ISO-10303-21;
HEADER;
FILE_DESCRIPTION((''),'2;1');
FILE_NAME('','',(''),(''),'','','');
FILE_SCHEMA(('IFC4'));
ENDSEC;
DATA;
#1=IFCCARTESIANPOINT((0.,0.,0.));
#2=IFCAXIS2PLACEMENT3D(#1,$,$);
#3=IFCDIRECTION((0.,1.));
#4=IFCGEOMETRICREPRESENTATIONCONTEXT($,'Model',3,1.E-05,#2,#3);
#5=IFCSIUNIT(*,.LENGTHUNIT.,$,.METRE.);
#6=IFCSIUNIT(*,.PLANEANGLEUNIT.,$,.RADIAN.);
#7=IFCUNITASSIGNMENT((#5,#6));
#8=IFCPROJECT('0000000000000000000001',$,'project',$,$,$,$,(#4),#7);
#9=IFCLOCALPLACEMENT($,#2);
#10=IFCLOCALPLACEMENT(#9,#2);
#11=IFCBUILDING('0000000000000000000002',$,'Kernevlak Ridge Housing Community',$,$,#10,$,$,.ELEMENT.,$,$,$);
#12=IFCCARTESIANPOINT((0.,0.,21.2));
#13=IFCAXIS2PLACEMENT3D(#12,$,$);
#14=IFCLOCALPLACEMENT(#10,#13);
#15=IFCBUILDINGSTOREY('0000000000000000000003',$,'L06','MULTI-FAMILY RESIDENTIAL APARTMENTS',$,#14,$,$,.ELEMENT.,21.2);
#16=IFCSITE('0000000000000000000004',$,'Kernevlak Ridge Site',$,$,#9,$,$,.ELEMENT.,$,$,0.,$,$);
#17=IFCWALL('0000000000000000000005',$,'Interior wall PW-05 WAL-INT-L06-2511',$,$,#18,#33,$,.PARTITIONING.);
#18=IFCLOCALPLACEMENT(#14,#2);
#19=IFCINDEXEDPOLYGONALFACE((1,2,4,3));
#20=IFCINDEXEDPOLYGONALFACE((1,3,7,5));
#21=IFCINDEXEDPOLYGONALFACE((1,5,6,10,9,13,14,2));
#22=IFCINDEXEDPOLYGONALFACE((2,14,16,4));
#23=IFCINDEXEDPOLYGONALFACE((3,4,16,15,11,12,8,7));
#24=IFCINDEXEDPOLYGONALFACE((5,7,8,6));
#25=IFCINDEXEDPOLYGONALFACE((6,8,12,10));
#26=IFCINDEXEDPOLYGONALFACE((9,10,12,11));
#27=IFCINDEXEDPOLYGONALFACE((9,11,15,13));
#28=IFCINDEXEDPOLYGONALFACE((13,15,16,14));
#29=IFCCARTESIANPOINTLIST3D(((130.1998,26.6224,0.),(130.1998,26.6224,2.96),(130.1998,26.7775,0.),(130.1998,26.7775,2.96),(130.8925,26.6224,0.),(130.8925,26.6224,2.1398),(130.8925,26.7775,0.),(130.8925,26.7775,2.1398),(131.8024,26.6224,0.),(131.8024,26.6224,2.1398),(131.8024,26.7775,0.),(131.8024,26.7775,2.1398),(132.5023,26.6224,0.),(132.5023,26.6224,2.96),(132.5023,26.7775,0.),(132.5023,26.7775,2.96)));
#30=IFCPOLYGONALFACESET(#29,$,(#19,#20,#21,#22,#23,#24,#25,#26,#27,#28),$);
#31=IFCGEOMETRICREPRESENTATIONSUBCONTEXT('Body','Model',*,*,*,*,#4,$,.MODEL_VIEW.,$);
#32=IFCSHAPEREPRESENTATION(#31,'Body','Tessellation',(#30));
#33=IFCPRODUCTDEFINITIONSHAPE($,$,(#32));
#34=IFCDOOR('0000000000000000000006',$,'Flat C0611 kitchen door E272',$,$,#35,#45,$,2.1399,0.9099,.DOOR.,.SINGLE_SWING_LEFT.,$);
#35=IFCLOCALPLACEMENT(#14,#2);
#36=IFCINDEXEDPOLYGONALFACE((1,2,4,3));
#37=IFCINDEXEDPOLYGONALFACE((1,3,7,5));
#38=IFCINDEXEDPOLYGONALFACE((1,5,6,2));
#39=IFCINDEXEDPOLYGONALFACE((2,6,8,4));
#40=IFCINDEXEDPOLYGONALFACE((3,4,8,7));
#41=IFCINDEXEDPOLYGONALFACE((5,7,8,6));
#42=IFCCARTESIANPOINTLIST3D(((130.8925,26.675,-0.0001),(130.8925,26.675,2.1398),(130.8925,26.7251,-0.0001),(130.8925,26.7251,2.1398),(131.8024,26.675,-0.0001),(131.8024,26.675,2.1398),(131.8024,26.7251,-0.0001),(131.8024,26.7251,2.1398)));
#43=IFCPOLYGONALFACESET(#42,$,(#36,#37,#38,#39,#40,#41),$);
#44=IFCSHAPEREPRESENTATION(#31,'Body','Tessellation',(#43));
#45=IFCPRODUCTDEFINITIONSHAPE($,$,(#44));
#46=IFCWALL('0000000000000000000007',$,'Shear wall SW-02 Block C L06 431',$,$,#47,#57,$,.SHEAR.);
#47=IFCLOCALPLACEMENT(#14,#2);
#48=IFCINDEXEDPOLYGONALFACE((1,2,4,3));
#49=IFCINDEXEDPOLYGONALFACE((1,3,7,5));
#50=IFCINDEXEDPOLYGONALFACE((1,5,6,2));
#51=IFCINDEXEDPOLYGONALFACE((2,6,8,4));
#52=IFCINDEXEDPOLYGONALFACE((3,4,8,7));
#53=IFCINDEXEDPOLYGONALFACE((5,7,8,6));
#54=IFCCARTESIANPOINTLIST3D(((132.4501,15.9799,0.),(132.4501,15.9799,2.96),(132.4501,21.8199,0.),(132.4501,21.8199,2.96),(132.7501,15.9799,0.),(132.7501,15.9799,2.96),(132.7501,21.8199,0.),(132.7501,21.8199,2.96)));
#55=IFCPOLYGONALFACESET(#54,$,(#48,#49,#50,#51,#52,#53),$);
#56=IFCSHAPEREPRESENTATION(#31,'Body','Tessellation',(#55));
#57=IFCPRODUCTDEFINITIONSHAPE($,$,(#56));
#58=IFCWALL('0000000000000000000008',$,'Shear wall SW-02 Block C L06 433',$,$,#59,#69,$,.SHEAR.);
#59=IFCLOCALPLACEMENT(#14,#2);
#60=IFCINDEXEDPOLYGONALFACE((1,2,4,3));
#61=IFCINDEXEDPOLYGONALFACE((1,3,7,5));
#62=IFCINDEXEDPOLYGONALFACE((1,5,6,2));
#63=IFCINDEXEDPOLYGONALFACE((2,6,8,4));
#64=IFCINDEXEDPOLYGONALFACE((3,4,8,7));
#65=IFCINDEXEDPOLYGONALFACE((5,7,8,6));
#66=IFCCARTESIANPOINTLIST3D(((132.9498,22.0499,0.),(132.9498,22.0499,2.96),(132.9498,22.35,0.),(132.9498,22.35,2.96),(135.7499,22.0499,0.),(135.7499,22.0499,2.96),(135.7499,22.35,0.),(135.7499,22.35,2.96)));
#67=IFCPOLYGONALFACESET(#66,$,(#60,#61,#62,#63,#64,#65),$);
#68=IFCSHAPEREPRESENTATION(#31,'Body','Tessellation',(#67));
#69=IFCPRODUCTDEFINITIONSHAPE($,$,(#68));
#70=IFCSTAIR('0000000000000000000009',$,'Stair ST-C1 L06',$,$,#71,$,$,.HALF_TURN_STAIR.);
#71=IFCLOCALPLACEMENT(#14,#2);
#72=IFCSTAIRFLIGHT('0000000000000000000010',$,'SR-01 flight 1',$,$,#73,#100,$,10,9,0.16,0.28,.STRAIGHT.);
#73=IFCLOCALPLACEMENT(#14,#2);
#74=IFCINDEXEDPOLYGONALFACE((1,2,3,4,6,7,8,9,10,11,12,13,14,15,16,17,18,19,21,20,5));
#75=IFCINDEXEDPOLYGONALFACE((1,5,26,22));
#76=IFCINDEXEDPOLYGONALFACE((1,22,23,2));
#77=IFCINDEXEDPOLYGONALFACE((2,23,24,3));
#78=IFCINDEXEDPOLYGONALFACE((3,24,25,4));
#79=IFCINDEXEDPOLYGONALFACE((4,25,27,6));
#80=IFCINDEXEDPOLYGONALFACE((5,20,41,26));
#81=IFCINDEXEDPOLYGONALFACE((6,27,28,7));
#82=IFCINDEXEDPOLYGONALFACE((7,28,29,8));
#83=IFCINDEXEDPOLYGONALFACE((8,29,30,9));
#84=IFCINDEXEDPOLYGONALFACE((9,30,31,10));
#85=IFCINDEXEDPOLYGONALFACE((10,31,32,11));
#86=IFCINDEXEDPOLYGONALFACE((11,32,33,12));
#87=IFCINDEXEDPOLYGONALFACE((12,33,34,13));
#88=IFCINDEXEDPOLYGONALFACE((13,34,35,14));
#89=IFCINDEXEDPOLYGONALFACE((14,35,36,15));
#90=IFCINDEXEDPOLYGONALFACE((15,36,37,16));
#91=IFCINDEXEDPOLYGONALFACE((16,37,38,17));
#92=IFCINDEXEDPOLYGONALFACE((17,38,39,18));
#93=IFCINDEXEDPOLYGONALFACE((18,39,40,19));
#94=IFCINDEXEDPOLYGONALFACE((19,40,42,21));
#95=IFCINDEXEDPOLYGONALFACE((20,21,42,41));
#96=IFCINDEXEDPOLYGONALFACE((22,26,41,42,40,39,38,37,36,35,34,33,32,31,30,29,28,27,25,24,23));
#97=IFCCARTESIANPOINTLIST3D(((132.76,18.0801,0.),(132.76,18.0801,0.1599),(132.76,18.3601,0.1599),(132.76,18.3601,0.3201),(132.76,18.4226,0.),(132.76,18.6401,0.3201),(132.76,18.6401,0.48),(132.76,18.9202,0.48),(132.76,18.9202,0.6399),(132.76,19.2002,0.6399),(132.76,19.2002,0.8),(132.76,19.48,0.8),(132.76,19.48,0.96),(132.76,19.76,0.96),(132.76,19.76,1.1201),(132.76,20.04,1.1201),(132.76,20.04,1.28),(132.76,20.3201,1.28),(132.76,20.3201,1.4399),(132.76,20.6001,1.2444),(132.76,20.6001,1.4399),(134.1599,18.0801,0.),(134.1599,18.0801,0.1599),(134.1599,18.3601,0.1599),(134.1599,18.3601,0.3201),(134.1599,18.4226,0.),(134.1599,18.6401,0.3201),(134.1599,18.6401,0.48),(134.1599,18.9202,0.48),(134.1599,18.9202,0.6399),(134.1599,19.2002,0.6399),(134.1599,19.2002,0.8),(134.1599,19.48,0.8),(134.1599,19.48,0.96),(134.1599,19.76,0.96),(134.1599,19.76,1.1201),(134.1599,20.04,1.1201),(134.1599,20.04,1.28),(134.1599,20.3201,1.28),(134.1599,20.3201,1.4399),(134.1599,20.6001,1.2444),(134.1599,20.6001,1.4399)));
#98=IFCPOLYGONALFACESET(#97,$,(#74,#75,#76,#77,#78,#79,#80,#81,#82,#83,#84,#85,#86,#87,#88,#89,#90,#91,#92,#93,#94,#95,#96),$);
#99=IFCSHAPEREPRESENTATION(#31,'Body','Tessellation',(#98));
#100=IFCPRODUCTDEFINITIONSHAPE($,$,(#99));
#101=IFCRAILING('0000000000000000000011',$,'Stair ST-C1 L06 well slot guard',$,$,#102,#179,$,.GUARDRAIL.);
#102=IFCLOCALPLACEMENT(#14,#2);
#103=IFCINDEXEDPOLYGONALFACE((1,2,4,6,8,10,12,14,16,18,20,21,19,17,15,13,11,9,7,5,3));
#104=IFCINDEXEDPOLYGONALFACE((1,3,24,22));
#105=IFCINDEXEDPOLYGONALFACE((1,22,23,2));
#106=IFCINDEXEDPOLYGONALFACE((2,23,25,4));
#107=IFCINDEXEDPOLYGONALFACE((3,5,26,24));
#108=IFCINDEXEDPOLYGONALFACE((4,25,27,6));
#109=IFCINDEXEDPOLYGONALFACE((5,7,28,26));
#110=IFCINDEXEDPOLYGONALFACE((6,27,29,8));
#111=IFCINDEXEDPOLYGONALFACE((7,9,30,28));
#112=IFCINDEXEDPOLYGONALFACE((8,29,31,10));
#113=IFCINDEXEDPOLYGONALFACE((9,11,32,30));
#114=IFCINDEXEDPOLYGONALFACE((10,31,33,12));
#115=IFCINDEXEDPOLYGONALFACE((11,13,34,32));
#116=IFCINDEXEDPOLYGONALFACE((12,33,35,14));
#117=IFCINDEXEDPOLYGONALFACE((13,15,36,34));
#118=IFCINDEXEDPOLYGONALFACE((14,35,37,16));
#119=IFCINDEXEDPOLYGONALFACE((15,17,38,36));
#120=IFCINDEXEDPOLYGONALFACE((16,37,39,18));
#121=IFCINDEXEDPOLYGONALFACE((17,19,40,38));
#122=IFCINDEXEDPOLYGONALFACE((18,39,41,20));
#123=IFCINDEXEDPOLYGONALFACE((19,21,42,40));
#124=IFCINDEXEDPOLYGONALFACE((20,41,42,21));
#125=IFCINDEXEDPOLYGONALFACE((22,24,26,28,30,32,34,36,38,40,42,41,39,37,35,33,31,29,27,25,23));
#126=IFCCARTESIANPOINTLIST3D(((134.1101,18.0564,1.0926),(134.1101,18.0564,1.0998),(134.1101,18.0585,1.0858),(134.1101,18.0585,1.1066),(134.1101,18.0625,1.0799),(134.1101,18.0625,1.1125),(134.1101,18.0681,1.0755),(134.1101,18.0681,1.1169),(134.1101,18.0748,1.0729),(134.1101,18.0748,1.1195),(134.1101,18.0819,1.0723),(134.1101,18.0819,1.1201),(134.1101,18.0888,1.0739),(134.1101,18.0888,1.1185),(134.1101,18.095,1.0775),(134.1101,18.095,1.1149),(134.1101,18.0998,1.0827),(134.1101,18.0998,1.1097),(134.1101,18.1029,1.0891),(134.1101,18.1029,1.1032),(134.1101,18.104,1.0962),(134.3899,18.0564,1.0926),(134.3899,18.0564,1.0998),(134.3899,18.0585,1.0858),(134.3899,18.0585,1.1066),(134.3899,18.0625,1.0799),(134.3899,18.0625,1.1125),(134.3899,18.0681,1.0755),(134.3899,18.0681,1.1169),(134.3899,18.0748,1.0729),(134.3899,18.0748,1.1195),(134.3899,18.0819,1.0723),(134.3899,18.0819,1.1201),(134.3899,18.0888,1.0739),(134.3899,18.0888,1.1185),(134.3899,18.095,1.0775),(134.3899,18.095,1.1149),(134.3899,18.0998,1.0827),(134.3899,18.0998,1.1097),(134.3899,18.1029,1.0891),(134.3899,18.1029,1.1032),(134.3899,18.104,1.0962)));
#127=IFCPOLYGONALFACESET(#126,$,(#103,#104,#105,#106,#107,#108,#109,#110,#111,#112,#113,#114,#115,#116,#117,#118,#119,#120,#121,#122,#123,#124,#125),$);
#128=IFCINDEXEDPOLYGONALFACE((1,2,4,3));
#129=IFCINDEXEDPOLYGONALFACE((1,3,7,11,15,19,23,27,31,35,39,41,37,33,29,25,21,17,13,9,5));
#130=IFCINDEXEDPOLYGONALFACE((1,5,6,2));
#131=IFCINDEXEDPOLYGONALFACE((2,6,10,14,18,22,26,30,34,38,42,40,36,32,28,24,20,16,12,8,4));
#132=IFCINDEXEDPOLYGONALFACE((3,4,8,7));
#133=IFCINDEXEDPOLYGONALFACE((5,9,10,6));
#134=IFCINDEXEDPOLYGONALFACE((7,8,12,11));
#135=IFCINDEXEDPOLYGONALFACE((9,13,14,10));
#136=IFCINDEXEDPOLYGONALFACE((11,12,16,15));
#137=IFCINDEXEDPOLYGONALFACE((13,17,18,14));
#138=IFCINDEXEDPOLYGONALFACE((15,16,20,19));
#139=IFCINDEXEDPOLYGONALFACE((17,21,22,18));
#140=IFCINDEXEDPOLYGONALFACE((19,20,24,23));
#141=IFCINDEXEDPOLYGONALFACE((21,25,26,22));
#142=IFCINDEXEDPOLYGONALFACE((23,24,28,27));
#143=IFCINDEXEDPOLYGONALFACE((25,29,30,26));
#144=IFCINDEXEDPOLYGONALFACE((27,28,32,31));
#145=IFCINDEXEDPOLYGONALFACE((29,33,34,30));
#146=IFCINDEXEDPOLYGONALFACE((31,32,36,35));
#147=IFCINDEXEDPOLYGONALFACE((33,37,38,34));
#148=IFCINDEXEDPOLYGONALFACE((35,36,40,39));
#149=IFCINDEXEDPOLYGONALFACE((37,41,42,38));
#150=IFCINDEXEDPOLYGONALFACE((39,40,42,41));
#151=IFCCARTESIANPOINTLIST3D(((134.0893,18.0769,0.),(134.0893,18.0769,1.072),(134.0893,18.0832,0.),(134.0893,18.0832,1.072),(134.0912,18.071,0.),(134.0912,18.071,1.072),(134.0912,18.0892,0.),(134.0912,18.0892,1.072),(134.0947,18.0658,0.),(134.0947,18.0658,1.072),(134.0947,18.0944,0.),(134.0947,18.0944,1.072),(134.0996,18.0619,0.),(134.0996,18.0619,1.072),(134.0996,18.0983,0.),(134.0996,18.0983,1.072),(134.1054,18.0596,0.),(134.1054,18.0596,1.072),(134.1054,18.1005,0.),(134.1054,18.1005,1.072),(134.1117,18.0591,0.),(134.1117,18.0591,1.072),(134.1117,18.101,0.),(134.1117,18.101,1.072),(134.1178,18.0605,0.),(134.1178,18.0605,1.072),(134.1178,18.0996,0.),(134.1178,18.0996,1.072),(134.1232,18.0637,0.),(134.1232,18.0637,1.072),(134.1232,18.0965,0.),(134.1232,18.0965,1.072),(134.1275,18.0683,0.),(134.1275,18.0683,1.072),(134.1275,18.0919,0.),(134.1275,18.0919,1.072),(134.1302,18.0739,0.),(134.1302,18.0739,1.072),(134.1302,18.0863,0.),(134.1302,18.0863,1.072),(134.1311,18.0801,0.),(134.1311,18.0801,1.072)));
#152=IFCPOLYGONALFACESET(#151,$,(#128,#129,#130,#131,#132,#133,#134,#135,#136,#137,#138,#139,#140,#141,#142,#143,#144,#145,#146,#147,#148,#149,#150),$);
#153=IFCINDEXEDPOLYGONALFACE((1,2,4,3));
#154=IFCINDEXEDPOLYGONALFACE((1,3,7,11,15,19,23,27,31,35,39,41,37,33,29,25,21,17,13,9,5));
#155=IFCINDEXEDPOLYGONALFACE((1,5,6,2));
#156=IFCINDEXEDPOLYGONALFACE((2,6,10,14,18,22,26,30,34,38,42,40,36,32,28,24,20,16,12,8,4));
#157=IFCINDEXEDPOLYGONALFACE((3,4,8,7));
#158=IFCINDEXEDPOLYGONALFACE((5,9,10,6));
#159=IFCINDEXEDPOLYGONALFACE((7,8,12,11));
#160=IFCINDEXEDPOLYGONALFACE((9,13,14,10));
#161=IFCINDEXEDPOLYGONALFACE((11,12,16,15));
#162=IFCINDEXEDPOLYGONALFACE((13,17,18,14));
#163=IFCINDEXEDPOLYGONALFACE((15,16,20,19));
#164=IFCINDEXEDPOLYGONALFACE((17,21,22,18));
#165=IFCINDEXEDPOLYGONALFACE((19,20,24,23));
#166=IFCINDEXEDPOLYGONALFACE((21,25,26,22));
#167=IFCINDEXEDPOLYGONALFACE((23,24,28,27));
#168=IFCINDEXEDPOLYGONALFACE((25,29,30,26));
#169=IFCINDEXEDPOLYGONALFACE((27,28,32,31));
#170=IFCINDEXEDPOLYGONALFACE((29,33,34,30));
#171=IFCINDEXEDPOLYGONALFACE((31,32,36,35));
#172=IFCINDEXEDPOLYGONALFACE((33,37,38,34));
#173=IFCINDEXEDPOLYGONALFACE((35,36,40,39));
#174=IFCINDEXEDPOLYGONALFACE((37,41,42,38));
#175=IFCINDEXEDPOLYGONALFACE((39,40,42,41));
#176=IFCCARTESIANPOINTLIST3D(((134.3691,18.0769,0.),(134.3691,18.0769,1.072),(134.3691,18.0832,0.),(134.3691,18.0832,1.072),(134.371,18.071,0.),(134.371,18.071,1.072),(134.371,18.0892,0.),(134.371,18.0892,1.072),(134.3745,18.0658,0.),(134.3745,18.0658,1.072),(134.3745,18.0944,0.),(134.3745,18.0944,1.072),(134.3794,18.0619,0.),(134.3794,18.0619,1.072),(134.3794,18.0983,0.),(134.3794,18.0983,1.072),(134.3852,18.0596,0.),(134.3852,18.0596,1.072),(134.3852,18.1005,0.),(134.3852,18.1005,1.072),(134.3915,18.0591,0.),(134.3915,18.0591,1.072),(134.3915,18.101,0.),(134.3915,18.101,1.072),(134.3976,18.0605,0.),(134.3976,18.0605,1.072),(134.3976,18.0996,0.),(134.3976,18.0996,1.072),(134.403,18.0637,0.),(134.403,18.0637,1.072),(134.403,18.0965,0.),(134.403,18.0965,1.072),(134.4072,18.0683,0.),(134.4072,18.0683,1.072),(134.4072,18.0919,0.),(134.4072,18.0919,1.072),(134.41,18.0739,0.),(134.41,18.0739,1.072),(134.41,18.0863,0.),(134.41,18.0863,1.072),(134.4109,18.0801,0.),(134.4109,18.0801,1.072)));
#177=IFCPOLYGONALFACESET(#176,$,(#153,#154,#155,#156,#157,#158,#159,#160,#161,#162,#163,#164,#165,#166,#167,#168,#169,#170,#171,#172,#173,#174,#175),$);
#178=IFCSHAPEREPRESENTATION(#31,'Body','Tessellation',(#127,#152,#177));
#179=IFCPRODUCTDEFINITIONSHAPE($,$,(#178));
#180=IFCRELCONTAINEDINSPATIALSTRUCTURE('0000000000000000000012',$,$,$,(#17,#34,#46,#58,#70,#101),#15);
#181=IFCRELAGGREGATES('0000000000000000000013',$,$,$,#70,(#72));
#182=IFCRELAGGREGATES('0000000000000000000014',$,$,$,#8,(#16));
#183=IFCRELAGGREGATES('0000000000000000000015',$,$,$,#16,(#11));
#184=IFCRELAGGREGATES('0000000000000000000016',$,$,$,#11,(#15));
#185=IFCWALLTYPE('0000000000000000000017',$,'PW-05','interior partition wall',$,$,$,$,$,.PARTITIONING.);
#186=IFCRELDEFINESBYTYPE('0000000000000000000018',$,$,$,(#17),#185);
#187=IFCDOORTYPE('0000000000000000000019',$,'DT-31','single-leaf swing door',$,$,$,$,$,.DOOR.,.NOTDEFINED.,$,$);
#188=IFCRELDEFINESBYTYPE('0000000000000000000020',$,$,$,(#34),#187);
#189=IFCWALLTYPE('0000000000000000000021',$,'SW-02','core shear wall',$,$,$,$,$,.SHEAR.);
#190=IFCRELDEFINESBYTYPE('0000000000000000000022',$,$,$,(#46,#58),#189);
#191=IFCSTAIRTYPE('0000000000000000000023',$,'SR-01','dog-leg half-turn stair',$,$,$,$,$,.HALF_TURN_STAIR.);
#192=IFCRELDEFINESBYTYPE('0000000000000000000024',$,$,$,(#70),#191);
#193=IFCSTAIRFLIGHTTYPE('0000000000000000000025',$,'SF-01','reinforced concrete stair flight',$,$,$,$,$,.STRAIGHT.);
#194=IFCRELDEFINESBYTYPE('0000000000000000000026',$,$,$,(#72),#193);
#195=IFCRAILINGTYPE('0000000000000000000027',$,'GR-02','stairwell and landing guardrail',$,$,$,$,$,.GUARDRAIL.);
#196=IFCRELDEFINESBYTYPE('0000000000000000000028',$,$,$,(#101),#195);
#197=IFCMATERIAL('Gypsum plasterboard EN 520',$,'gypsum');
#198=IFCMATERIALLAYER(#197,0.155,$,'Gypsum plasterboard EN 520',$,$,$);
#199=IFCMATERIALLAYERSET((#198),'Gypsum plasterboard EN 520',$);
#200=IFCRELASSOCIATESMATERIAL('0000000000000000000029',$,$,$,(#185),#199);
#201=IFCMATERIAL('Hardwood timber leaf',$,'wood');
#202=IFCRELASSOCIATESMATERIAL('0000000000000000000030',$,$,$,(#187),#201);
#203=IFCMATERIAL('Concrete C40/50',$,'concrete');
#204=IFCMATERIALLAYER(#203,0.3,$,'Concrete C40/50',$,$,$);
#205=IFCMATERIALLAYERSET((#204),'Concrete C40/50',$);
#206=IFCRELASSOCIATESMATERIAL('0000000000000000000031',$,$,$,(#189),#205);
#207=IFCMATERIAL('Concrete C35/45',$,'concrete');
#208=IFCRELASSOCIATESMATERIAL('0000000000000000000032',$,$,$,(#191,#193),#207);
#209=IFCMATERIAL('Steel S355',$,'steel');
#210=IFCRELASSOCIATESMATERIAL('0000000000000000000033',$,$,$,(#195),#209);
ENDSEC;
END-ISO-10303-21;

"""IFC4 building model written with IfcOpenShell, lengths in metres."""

from ifc_helpers import new_model, si_unit, direction, frame, frame_2d, origin, origin_2d, place, context, subcontext, project, spatial, polyline, rectangle, circle, outline, extrude, material, layer, layer_set, type_object, element, fill, aggregate, save


model = new_model("IFC4")

# Units and contexts
model_context = context("Model", 3, precision=1e-05, world=origin(), true_north=direction((0.0, 1.0)))
body_context = subcontext(model_context, "Body", "Model", "MODEL_VIEW")
ifc_project = project(units=[si_unit("LENGTHUNIT", "METRE"), si_unit("PLANEANGLEUNIT", "RADIAN")], contexts=[model_context])

# Site, building, storey
site_placement = place(None, origin())
site = spatial("IfcSite", under=ifc_project, at=site_placement, Name="Kernevlak Ridge Site", CompositionType="ELEMENT", RefElevation=0.0)
building_placement = place(site_placement, origin())
building = spatial("IfcBuilding", under=site, at=building_placement, Name="Kernevlak Ridge Housing Community", CompositionType="ELEMENT")
storey_placement = place(building_placement, frame((0.0, 0.0, 21.2)))
storey = spatial("IfcBuildingStorey", under=building, at=storey_placement, Name="L06", Description="MULTI-FAMILY RESIDENTIAL APARTMENTS", CompositionType="ELEMENT", Elevation=21.2)

# Shared definitions
ifc_material_1 = material(Name="Concrete C35/45", Category="concrete")

# Wall, opening, door
ifc_material_2 = material(Name="Gypsum plasterboard EN 520", Category="gypsum")
ifc_layer_1 = layer(ifc_material_2, 0.155, Name="Gypsum plasterboard EN 520")
ifc_layer_set_1 = layer_set([ifc_layer_1], Name="Gypsum plasterboard EN 520")
wall_type_1 = type_object("IfcWallType", Name="PW-05", Description="interior partition wall", PredefinedType="PARTITIONING", material=ifc_layer_set_1)
wall_1_placement = place(storey_placement, frame((132.5024, 26.7, 0.0), z_axis=(0.0, 0.0, 1.0), x_axis=(-1.0, 0.0, 0.0)))
wall_1 = element("IfcWall", 1, at=wall_1_placement, inside=storey, type_object=wall_type_1, Name="Interior wall PW-05 WAL-INT-L06-2511", PredefinedType="PARTITIONING", context=body_context, shape_type="SweptSolid", body=[
    extrude(rectangle(XDim=2.3025, YDim=0.155, at=frame_2d((1.1514, 0.0))), origin(), (0.0, 0.0, 1.0), 2.96),
])
opening_1_placement = place(wall_1_placement, frame((0.7, 0.0, 0.0)))
opening_1 = element("IfcOpeningElement", 2, at=opening_1_placement, cuts=wall_1, PredefinedType="OPENING", context=body_context, shape_type="SweptSolid", body=[
    extrude(rectangle(XDim=0.9099, YDim=2.1399, at=frame_2d((0.4551, 1.0698))), frame((0.0, 0.0874, 0.0), z_axis=(0.0, -1.0, 0.0), x_axis=(1.0, 0.0, 0.0)), (0.0, 0.0, 1.0), 0.175),
])
ifc_material_3 = material(Name="Hardwood timber leaf", Category="wood")
door_type_1 = type_object("IfcDoorType", Name="DT-31", Description="single-leaf swing door", OperationType="NOTDEFINED", PredefinedType="DOOR", material=ifc_material_3)
door_1_placement = place(opening_1_placement, origin())
door_1 = element("IfcDoor", 3, at=door_1_placement, inside=storey, type_object=door_type_1, Name="Flat C0611 kitchen door E272", OperationType="SINGLE_SWING_LEFT", OverallHeight=2.1399, OverallWidth=0.9099, PredefinedType="DOOR", context=body_context, shape_type="SweptSolid", body=[
    extrude(rectangle(XDim=0.9099, YDim=2.1399, at=frame_2d((0.4551, 1.0698))), frame((0.0, 0.0249, 0.0), z_axis=(0.0, -1.0, 0.0), x_axis=(1.0, 0.0, 0.0)), (0.0, 0.0, 1.0), 0.05),
])
fill(opening_1, door_1)

# Walls
ifc_material_4 = material(Name="Concrete C40/50", Category="concrete")
ifc_layer_2 = layer(ifc_material_4, 0.3, Name="Concrete C40/50")
ifc_layer_set_2 = layer_set([ifc_layer_2], Name="Concrete C40/50")
wall_type_2 = type_object("IfcWallType", Name="SW-02", Description="core shear wall", PredefinedType="SHEAR", material=ifc_layer_set_2)
wall_2_placement = place(storey_placement, frame((132.6001, 15.98, 0.0), z_axis=(0.0, 0.0, 1.0), x_axis=(0.0, 1.0, 0.0)))
element("IfcWall", 4, at=wall_2_placement, inside=storey, type_object=wall_type_2, Name="Shear wall SW-02 Block C L06 431", PredefinedType="SHEAR", context=body_context, shape_type="SweptSolid", body=[
    extrude(rectangle(XDim=5.8401, YDim=0.3, at=frame_2d((2.9199, 0.0))), origin(), (0.0, 0.0, 1.0), 2.96),
])
wall_3_placement = place(storey_placement, frame((132.95, 22.2, 0.0), z_axis=(0.0, 0.0, 1.0), x_axis=(1.0, 0.0, 0.0)))
element("IfcWall", 5, at=wall_3_placement, inside=storey, type_object=wall_type_2, Name="Shear wall SW-02 Block C L06 433", PredefinedType="SHEAR", context=body_context, shape_type="SweptSolid", body=[
    extrude(rectangle(XDim=2.8, YDim=0.3, at=frame_2d((1.3999, 0.0))), origin(), (0.0, 0.0, 1.0), 2.96),
])

# Stair, stair flight
stair_type = type_object("IfcStairType", Name="SR-01", Description="dog-leg half-turn stair", PredefinedType="HALF_TURN_STAIR", material=ifc_material_1)
stair_placement = place(storey_placement, origin())
stair = element("IfcStair", 6, at=stair_placement, inside=storey, type_object=stair_type, Name="Stair ST-C1 L06", PredefinedType="HALF_TURN_STAIR")
stair_flight_type = type_object("IfcStairFlightType", Name="SF-01", Description="reinforced concrete stair flight", PredefinedType="STRAIGHT", material=ifc_material_1)
stair_flight_placement = place(storey_placement, frame((133.46, 18.0801, 0.0), z_axis=(0.0, 0.0, 1.0), x_axis=(0.0, 1.0, 0.0)))
stair_flight = element("IfcStairFlight", 7, at=stair_flight_placement, type_object=stair_flight_type, Name="SR-01 flight 1", NumberOfRisers=10, NumberOfTreads=9, PredefinedType="STRAIGHT", RiserHeight=0.16, TreadLength=0.28, context=body_context, shape_type="SweptSolid", body=[
    extrude(outline(polyline([(0.0, 0.0), (0.0, 0.1599), (0.28, 0.1599), (0.28, 0.3201), (0.5601, 0.3201), (0.5601, 0.48), (0.8401, 0.48), (0.8401, 0.6399), (1.1201, 0.6399), (1.1201, 0.8), (1.3999, 0.8), (1.3999, 0.96), (1.6799, 0.96), (1.6799, 1.1201), (1.96, 1.1201), (1.96, 1.28), (2.24, 1.28), (2.24, 1.4399), (2.52, 1.4399), (2.52, 1.6001), (2.52, 1.2444), (0.3425, 0.0), (0.0, 0.0)])), frame((0.0, 0.7, 0.0), z_axis=(0.0, -1.0, 0.0), x_axis=(1.0, 0.0, 0.0)), (0.0, 0.0, 1.0), 1.3999),
])
aggregate(stair, [stair_flight])

# Railing
ifc_material_5 = material(Name="Steel S355", Category="steel")
railing_type_1 = type_object("IfcRailingType", Name="GR-02", Description="stairwell and landing guardrail", PredefinedType="GUARDRAIL", material=ifc_material_5)
railing_1_placement = place(storey_placement, frame((134.1101, 18.0801, 0.0)))
element("IfcRailing", 8, at=railing_1_placement, inside=storey, type_object=railing_type_1, Name="Stair ST-C1 L06 well slot guard", PredefinedType="GUARDRAIL", context=body_context, shape_type="SweptSolid", body=[
    extrude(circle(Radius=0.0239, at=origin_2d()), frame((0.0, 0.0, 1.0962), z_axis=(1.0, 0.0, 0.0), x_axis=(0.0, 1.0, 0.0)), (0.0, 0.0, 1.0), 0.2798),
    extrude(circle(Radius=0.021, at=origin_2d()), origin(), (0.0, 0.0, 1.0), 1.072),
    extrude(circle(Radius=0.021, at=origin_2d()), frame((0.2798, 0.0, 0.0)), (0.0, 0.0, 1.0), 1.072),
])

save(model, "model.ifc")
